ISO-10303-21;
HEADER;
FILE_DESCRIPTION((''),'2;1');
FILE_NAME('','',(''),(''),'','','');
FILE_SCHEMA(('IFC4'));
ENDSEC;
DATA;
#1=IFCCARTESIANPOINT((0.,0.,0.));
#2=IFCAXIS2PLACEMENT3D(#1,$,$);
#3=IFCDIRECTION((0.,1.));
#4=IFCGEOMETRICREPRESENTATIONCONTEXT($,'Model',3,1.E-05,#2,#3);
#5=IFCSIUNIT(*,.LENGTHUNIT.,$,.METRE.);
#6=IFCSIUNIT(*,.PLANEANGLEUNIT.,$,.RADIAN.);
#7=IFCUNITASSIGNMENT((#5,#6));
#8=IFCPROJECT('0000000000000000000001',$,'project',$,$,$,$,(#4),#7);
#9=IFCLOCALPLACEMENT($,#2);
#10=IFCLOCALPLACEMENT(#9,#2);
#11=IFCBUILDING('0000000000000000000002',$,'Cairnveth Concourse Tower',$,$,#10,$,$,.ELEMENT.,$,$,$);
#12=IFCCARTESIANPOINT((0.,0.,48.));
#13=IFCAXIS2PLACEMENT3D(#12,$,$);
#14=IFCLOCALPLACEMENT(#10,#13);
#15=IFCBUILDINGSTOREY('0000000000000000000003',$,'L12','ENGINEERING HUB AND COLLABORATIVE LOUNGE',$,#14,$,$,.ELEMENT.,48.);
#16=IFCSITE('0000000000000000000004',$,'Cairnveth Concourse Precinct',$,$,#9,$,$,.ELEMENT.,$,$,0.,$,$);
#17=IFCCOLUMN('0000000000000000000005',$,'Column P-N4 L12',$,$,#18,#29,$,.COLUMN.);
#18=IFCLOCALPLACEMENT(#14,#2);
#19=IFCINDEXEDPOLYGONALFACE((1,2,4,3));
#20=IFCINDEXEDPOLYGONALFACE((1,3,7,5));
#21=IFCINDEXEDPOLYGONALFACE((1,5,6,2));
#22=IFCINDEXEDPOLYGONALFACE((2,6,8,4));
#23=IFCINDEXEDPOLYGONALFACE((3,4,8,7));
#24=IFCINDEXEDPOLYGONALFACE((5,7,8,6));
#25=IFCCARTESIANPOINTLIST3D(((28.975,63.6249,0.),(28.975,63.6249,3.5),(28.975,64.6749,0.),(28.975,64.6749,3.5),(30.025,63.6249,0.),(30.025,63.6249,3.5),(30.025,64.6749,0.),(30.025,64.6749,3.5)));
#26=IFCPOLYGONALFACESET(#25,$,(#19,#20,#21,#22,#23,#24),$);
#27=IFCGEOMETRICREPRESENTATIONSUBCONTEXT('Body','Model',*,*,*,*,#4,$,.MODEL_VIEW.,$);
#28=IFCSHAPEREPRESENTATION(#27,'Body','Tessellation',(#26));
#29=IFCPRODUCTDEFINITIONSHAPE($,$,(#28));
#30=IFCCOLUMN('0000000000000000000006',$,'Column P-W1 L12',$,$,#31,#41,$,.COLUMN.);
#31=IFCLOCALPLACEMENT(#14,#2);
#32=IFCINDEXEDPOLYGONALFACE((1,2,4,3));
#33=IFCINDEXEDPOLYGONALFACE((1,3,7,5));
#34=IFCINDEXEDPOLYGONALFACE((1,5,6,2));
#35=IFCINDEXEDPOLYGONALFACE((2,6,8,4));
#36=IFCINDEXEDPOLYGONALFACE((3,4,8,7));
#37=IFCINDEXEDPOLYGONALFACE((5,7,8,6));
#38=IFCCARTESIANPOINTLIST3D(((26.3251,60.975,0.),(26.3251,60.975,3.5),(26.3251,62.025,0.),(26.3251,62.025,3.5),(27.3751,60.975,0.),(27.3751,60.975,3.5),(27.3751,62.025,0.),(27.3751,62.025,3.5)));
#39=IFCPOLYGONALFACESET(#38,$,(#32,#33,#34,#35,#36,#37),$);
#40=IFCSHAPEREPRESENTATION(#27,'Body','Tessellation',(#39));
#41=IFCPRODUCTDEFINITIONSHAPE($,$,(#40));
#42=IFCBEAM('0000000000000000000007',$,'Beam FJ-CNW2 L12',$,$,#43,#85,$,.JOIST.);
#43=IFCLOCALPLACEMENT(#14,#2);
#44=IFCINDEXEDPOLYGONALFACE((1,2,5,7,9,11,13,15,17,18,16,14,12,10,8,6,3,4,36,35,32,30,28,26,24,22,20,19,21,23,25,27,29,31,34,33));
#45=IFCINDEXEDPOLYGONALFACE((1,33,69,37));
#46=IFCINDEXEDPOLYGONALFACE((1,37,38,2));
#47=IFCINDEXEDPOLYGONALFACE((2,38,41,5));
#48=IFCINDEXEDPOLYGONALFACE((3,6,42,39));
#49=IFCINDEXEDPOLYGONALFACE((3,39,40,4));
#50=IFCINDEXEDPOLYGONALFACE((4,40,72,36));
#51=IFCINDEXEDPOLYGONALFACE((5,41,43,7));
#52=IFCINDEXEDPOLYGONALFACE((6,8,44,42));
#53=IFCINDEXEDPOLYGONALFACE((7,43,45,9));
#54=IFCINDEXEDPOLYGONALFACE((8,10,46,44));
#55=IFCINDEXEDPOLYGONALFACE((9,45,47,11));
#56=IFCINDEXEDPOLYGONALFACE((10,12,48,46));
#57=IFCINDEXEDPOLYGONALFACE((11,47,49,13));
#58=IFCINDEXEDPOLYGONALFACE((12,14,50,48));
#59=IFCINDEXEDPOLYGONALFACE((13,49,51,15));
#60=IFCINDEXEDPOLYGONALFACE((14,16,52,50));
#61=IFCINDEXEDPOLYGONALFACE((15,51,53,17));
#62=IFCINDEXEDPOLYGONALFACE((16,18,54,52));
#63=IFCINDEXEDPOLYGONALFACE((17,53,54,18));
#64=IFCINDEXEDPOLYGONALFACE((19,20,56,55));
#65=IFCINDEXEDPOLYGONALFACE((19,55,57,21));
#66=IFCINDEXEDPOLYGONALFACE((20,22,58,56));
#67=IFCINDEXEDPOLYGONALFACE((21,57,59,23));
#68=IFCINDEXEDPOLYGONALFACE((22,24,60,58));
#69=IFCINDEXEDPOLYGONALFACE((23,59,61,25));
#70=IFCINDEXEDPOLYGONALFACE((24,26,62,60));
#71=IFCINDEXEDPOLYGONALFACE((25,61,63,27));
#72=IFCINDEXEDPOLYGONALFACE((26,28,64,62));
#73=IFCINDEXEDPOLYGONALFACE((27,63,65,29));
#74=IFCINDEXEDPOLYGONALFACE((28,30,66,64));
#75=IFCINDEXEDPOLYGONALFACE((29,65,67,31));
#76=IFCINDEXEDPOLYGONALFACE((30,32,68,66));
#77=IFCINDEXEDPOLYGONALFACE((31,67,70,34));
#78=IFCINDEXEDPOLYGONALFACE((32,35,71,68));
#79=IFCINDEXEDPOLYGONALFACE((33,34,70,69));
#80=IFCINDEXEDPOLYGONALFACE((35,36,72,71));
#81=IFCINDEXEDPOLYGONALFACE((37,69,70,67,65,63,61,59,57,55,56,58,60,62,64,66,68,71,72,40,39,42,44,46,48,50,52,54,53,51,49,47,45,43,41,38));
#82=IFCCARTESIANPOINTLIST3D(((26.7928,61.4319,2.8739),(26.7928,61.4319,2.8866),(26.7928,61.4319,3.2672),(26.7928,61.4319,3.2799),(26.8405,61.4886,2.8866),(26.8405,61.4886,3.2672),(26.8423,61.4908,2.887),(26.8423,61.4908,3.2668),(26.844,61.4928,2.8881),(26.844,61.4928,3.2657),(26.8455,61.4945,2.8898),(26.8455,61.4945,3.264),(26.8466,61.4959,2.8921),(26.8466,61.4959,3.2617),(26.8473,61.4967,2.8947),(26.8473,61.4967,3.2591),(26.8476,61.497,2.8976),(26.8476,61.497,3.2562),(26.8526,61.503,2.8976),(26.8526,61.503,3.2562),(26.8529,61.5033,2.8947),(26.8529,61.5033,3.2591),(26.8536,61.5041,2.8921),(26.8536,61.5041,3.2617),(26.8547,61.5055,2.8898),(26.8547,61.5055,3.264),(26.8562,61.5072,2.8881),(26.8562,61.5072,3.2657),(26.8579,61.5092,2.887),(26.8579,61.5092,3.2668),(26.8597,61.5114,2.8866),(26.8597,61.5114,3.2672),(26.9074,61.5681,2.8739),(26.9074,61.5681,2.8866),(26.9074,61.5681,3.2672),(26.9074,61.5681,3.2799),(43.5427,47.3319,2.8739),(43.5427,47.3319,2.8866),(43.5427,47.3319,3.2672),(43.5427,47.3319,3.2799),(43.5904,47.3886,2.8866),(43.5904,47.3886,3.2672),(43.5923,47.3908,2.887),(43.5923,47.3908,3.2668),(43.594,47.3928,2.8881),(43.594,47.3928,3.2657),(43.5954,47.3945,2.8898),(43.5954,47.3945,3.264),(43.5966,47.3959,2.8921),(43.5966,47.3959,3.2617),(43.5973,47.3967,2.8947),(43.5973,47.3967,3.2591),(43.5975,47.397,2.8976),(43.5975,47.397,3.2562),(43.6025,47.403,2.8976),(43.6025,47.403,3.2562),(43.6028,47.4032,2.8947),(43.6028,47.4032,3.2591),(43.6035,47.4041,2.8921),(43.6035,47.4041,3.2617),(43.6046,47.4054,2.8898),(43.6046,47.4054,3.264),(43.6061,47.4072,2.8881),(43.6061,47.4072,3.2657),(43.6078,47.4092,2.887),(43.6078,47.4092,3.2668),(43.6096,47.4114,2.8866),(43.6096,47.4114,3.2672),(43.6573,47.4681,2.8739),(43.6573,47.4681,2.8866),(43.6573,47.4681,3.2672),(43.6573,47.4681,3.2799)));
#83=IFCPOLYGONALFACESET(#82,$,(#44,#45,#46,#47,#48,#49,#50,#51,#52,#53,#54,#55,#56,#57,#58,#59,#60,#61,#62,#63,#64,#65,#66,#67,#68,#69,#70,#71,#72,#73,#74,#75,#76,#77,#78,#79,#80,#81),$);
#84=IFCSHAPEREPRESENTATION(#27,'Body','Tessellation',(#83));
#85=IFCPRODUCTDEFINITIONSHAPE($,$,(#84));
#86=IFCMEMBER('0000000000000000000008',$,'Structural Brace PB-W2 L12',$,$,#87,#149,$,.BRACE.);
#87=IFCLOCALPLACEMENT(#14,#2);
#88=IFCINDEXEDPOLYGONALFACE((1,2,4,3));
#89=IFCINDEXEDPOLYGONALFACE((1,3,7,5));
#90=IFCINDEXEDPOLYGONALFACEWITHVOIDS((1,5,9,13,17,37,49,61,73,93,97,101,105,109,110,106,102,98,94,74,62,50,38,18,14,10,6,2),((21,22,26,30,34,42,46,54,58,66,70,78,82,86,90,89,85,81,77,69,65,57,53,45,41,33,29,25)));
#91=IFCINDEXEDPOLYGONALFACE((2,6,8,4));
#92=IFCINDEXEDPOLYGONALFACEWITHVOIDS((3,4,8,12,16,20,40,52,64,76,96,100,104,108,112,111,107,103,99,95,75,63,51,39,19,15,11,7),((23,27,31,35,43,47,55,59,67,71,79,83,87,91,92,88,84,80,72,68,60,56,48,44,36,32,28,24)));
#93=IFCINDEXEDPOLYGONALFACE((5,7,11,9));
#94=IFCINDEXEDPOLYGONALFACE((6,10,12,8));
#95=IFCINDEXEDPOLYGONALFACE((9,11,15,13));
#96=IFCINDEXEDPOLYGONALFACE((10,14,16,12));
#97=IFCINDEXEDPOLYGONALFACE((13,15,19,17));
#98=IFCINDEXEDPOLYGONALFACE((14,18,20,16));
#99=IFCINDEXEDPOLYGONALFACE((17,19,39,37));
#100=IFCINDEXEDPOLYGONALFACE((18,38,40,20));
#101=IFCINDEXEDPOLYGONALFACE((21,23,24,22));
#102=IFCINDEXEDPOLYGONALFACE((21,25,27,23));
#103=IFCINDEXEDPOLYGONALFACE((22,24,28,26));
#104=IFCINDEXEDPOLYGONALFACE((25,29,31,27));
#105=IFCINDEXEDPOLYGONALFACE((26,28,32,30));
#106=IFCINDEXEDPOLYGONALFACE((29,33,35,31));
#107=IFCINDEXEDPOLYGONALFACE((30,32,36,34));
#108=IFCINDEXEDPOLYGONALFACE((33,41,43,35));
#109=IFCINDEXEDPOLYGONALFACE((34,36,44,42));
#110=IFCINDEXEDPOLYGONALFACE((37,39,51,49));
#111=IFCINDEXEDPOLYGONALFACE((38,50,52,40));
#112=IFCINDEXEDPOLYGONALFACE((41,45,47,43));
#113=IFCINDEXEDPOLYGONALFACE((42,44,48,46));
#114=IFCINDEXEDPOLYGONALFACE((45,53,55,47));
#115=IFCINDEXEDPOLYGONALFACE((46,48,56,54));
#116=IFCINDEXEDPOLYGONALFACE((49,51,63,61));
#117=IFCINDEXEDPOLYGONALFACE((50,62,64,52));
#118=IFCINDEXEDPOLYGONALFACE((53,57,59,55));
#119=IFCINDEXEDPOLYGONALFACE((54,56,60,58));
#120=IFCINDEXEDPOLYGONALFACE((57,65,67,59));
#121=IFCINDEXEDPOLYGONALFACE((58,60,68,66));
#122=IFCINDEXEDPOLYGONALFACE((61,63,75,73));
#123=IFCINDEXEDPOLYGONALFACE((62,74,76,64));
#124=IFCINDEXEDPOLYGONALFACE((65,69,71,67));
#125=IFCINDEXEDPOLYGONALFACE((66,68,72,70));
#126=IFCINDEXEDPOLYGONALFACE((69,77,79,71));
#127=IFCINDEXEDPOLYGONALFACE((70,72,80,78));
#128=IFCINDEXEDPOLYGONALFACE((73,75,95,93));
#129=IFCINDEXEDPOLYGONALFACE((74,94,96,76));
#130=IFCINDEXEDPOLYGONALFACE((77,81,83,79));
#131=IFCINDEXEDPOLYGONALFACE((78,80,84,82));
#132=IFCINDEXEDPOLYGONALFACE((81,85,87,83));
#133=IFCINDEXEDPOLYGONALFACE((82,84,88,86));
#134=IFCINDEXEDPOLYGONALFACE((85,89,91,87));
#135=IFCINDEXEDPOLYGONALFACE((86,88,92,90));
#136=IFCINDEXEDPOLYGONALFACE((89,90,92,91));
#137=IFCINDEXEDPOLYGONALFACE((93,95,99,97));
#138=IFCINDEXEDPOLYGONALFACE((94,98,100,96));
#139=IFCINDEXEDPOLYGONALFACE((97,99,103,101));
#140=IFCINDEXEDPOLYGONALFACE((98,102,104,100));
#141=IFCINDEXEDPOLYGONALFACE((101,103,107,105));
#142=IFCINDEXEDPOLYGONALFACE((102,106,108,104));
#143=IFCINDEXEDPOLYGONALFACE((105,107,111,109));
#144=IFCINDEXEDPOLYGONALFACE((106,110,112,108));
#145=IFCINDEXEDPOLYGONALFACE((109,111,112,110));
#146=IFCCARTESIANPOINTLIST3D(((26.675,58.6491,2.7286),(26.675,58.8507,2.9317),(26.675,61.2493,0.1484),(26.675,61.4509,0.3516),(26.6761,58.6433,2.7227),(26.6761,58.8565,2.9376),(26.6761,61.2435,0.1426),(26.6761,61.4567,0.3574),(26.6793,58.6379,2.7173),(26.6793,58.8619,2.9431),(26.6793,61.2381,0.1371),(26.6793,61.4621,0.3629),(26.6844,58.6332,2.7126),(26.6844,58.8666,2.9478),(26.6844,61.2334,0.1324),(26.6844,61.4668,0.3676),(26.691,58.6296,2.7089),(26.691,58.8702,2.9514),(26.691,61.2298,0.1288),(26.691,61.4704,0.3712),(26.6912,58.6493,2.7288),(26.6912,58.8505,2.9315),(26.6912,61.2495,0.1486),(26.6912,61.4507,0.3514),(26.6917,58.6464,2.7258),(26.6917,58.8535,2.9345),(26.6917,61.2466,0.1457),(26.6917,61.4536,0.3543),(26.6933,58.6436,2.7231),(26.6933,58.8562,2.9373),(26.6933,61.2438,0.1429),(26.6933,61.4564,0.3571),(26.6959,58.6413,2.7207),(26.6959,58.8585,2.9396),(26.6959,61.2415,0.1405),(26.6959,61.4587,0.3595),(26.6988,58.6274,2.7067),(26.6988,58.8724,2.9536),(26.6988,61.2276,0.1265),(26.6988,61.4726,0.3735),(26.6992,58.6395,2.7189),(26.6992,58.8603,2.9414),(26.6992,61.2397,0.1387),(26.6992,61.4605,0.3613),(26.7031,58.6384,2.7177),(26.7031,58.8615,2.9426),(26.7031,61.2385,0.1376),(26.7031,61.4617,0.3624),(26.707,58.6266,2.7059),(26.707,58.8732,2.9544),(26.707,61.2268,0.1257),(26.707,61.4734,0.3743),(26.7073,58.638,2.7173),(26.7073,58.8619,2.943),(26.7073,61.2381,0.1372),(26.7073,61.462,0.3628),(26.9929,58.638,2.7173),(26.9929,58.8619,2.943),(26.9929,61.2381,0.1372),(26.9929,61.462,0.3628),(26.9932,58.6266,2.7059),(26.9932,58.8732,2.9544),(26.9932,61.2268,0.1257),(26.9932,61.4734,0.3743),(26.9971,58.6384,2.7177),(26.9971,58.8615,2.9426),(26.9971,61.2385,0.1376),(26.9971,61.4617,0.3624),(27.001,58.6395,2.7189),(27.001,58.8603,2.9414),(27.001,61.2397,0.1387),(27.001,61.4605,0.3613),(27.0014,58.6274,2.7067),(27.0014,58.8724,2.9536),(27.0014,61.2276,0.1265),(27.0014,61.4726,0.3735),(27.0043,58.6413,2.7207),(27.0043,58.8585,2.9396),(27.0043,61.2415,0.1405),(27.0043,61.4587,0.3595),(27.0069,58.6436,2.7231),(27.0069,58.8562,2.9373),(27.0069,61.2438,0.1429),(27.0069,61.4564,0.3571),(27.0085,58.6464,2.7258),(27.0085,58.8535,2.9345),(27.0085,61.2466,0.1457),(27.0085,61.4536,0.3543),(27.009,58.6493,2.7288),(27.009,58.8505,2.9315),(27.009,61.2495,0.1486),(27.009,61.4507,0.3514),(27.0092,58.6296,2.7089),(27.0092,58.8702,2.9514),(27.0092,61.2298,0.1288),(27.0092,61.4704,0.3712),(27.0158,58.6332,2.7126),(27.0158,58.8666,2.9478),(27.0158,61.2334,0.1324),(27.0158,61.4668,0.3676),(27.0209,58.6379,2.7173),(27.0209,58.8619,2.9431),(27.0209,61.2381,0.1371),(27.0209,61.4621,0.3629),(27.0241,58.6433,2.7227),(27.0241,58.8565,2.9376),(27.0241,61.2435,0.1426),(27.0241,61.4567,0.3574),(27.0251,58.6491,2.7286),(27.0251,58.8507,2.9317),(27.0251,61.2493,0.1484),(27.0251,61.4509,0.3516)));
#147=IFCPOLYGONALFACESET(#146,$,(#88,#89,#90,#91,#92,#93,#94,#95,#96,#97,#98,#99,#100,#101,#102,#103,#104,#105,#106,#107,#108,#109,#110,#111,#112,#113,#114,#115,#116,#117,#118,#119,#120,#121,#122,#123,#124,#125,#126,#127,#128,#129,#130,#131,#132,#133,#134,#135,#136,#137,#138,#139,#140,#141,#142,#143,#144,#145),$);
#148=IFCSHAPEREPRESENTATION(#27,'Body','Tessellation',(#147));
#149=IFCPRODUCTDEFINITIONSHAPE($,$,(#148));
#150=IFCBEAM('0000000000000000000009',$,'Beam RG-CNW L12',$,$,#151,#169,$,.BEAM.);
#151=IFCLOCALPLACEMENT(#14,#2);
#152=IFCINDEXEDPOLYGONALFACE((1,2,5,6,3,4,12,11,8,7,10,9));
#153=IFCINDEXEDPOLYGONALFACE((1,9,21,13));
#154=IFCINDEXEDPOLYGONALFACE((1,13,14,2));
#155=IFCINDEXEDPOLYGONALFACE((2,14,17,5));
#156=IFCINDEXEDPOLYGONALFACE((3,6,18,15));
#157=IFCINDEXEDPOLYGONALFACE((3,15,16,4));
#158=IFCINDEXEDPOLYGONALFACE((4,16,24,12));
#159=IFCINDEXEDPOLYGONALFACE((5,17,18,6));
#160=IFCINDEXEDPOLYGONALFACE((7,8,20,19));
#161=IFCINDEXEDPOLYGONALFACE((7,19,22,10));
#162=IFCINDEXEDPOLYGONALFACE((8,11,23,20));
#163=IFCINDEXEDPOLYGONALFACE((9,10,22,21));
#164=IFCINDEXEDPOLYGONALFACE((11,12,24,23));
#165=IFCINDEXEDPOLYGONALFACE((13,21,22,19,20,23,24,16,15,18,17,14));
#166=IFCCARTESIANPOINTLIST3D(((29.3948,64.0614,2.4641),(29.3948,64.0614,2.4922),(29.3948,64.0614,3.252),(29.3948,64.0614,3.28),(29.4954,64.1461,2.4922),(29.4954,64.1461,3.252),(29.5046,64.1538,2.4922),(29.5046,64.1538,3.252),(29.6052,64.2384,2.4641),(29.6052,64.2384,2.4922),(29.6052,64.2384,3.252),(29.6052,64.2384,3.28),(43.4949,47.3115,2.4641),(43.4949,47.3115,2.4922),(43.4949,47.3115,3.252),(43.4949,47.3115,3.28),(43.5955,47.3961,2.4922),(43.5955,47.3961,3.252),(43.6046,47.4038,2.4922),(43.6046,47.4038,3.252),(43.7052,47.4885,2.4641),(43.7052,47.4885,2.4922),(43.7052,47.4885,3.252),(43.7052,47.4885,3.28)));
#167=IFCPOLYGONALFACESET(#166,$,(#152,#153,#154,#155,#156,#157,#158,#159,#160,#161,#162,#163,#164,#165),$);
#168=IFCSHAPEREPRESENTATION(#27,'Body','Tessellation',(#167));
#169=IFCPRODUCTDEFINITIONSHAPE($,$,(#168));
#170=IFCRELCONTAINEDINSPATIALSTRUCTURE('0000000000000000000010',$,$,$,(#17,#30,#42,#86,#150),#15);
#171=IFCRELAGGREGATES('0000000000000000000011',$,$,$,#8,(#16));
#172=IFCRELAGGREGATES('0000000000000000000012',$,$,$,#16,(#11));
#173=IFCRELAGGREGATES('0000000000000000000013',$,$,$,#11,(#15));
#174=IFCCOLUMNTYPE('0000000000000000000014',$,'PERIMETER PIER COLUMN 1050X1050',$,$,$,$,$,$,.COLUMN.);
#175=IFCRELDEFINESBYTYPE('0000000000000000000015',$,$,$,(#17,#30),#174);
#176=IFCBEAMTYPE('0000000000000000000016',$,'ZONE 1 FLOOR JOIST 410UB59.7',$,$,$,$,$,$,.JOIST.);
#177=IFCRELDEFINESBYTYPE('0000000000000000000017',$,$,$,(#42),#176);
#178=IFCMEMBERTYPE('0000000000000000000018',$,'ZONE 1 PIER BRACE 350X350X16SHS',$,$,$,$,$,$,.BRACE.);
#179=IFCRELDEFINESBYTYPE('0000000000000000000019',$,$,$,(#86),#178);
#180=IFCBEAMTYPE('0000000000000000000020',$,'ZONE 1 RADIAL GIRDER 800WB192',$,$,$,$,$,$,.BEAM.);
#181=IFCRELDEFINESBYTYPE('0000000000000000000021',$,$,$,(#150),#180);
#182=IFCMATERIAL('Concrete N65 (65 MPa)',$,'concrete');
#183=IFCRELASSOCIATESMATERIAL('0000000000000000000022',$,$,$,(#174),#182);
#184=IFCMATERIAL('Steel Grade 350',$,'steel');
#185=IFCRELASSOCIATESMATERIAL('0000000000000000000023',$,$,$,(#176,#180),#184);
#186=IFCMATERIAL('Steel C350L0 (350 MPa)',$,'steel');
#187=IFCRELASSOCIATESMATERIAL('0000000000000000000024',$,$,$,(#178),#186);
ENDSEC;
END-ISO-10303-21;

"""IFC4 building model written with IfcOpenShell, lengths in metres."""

from ifc_helpers import new_model, si_unit, direction, frame, origin, origin_2d, place, context, subcontext, project, spatial, rectangle, hollow_rectangle, i_section, extrude, material, material_profile, profile_set, type_object, element, save


model = new_model("IFC4")

# Units and contexts
model_context = context("Model", 3, precision=1e-05, world=origin(), true_north=direction((0.0, 1.0)))
body_context = subcontext(model_context, "Body", "Model", "MODEL_VIEW")
ifc_project = project(units=[si_unit("LENGTHUNIT", "METRE"), si_unit("PLANEANGLEUNIT", "RADIAN")], contexts=[model_context])

# Site, building, storey
site_placement = place(None, origin())
site = spatial("IfcSite", under=ifc_project, at=site_placement, Name="Cairnveth Concourse Precinct", CompositionType="ELEMENT", RefElevation=0.0)
building_placement = place(site_placement, origin())
building = spatial("IfcBuilding", under=site, at=building_placement, Name="Cairnveth Concourse Tower", CompositionType="ELEMENT")
storey_placement = place(building_placement, frame((0.0, 0.0, 48.0)))
storey = spatial("IfcBuildingStorey", under=building, at=storey_placement, Name="L12", Description="ENGINEERING HUB AND COLLABORATIVE LOUNGE", CompositionType="ELEMENT", Elevation=48.0)

# Columns
ifc_material_1 = material(Name="Concrete N65 (65 MPa)", Category="concrete")
ifc_material_profile_1 = material_profile(ifc_material_1, rectangle(XDim=1.05, YDim=1.05, at=origin_2d()), Name="RC-COL-1050x1050")
ifc_profile_set_1 = profile_set([ifc_material_profile_1], Name="Concrete N65 (65 MPa)")
column_type = type_object("IfcColumnType", Name="PERIMETER PIER COLUMN 1050X1050", PredefinedType="COLUMN", material=ifc_profile_set_1)
for number, where, z_axis, x_axis, name in (
    (1, (29.5, 64.1499, 0.0), (0.0, 0.0, 1.0), (1.0, 0.0, 0.0), "Column P-N4 L12"),
    (2, (26.8501, 61.5, 0.0), (0.0, 0.0, 1.0), (0.0, 1.0, 0.0), "Column P-W1 L12"),
):
    element("IfcColumn", number, at=place(storey_placement, frame(where, z_axis=z_axis, x_axis=x_axis)), inside=storey, type_object=column_type, Name=name, PredefinedType="COLUMN", context=body_context, shape_type="SweptSolid", body=[
        extrude(rectangle(XDim=1.05, YDim=1.05, at=origin_2d()), origin(), (0.0, 0.0, 1.0), 3.5),
    ])

# Beam
ifc_material_2 = material(Name="Steel Grade 350", Category="steel")
ifc_material_profile_2 = material_profile(ifc_material_2, i_section(OverallWidth=0.178, OverallDepth=0.406, WebThickness=0.0078, FlangeThickness=0.0127, FilletRadius=0.011, at=origin_2d()), Name="410UB59.7")
ifc_profile_set_2 = profile_set([ifc_material_profile_2], Name="Steel Grade 350")
beam_type_1 = type_object("IfcBeamType", Name="ZONE 1 FLOOR JOIST 410UB59.7", PredefinedType="JOIST", material=ifc_profile_set_2)
beam_1_placement = place(storey_placement, frame((26.8501, 61.5, 3.0769), z_axis=(0.765027, -0.643998, 0.0), x_axis=(0.643998, 0.765027, 0.0)))
element("IfcBeam", 3, at=beam_1_placement, inside=storey, type_object=beam_type_1, Name="Beam FJ-CNW2 L12", PredefinedType="JOIST", context=body_context, shape_type="SweptSolid", body=[
    extrude(i_section(OverallWidth=0.178, OverallDepth=0.406, WebThickness=0.0078, FlangeThickness=0.0127, FilletRadius=0.011, at=origin_2d()), origin(), (0.0, 0.0, 1.0), 21.8945),
])

# Member
ifc_material_3 = material(Name="Steel C350L0 (350 MPa)", Category="steel")
ifc_material_profile_3 = material_profile(ifc_material_3, hollow_rectangle(XDim=0.3501, YDim=0.3501, WallThickness=0.0161, InnerFilletRadius=0.0161, OuterFilletRadius=0.032, at=origin_2d()), Name="350x350x16.0SHS")
ifc_profile_set_3 = profile_set([ifc_material_profile_3], Name="Steel C350L0 (350 MPa)")
member_type = type_object("IfcMemberType", Name="ZONE 1 PIER BRACE 350X350X16SHS", PredefinedType="BRACE", material=ifc_profile_set_3)
member_placement = place(storey_placement, frame((26.8501, 61.3501, 0.25), z_axis=(0.0, -0.709834, 0.704369), x_axis=(1.0, 0.0, 0.0)))
element("IfcMember", 4, at=member_placement, inside=storey, type_object=member_type, Name="Structural Brace PB-W2 L12", PredefinedType="BRACE", context=body_context, shape_type="SweptSolid", body=[
    extrude(hollow_rectangle(XDim=0.3501, YDim=0.3501, WallThickness=0.0161, InnerFilletRadius=0.0161, OuterFilletRadius=0.032, at=origin_2d()), origin(), (0.0, 0.0, 1.0), 3.6631),
])

# Beam
ifc_material_profile_4 = material_profile(ifc_material_2, i_section(OverallWidth=0.2749, OverallDepth=0.8159, WebThickness=0.012, FlangeThickness=0.0281, at=origin_2d()), Name="800WB192")
ifc_profile_set_4 = profile_set([ifc_material_profile_4], Name="Steel Grade 350")
beam_type_2 = type_object("IfcBeamType", Name="ZONE 1 RADIAL GIRDER 800WB192", PredefinedType="BEAM", material=ifc_profile_set_4)
beam_2_placement = place(storey_placement, frame((29.5, 64.1499, 2.8721), z_axis=(0.643998, -0.765027, 0.0), x_axis=(0.765027, 0.643998, 0.0)))
element("IfcBeam", 5, at=beam_2_placement, inside=storey, type_object=beam_type_2, Name="Beam RG-CNW L12", PredefinedType="BEAM", context=body_context, shape_type="SweptSolid", body=[
    extrude(i_section(OverallWidth=0.2749, OverallDepth=0.8159, WebThickness=0.012, FlangeThickness=0.0281, at=origin_2d()), origin(), (0.0, 0.0, 1.0), 21.8945),
])

save(model, "model.ifc")
